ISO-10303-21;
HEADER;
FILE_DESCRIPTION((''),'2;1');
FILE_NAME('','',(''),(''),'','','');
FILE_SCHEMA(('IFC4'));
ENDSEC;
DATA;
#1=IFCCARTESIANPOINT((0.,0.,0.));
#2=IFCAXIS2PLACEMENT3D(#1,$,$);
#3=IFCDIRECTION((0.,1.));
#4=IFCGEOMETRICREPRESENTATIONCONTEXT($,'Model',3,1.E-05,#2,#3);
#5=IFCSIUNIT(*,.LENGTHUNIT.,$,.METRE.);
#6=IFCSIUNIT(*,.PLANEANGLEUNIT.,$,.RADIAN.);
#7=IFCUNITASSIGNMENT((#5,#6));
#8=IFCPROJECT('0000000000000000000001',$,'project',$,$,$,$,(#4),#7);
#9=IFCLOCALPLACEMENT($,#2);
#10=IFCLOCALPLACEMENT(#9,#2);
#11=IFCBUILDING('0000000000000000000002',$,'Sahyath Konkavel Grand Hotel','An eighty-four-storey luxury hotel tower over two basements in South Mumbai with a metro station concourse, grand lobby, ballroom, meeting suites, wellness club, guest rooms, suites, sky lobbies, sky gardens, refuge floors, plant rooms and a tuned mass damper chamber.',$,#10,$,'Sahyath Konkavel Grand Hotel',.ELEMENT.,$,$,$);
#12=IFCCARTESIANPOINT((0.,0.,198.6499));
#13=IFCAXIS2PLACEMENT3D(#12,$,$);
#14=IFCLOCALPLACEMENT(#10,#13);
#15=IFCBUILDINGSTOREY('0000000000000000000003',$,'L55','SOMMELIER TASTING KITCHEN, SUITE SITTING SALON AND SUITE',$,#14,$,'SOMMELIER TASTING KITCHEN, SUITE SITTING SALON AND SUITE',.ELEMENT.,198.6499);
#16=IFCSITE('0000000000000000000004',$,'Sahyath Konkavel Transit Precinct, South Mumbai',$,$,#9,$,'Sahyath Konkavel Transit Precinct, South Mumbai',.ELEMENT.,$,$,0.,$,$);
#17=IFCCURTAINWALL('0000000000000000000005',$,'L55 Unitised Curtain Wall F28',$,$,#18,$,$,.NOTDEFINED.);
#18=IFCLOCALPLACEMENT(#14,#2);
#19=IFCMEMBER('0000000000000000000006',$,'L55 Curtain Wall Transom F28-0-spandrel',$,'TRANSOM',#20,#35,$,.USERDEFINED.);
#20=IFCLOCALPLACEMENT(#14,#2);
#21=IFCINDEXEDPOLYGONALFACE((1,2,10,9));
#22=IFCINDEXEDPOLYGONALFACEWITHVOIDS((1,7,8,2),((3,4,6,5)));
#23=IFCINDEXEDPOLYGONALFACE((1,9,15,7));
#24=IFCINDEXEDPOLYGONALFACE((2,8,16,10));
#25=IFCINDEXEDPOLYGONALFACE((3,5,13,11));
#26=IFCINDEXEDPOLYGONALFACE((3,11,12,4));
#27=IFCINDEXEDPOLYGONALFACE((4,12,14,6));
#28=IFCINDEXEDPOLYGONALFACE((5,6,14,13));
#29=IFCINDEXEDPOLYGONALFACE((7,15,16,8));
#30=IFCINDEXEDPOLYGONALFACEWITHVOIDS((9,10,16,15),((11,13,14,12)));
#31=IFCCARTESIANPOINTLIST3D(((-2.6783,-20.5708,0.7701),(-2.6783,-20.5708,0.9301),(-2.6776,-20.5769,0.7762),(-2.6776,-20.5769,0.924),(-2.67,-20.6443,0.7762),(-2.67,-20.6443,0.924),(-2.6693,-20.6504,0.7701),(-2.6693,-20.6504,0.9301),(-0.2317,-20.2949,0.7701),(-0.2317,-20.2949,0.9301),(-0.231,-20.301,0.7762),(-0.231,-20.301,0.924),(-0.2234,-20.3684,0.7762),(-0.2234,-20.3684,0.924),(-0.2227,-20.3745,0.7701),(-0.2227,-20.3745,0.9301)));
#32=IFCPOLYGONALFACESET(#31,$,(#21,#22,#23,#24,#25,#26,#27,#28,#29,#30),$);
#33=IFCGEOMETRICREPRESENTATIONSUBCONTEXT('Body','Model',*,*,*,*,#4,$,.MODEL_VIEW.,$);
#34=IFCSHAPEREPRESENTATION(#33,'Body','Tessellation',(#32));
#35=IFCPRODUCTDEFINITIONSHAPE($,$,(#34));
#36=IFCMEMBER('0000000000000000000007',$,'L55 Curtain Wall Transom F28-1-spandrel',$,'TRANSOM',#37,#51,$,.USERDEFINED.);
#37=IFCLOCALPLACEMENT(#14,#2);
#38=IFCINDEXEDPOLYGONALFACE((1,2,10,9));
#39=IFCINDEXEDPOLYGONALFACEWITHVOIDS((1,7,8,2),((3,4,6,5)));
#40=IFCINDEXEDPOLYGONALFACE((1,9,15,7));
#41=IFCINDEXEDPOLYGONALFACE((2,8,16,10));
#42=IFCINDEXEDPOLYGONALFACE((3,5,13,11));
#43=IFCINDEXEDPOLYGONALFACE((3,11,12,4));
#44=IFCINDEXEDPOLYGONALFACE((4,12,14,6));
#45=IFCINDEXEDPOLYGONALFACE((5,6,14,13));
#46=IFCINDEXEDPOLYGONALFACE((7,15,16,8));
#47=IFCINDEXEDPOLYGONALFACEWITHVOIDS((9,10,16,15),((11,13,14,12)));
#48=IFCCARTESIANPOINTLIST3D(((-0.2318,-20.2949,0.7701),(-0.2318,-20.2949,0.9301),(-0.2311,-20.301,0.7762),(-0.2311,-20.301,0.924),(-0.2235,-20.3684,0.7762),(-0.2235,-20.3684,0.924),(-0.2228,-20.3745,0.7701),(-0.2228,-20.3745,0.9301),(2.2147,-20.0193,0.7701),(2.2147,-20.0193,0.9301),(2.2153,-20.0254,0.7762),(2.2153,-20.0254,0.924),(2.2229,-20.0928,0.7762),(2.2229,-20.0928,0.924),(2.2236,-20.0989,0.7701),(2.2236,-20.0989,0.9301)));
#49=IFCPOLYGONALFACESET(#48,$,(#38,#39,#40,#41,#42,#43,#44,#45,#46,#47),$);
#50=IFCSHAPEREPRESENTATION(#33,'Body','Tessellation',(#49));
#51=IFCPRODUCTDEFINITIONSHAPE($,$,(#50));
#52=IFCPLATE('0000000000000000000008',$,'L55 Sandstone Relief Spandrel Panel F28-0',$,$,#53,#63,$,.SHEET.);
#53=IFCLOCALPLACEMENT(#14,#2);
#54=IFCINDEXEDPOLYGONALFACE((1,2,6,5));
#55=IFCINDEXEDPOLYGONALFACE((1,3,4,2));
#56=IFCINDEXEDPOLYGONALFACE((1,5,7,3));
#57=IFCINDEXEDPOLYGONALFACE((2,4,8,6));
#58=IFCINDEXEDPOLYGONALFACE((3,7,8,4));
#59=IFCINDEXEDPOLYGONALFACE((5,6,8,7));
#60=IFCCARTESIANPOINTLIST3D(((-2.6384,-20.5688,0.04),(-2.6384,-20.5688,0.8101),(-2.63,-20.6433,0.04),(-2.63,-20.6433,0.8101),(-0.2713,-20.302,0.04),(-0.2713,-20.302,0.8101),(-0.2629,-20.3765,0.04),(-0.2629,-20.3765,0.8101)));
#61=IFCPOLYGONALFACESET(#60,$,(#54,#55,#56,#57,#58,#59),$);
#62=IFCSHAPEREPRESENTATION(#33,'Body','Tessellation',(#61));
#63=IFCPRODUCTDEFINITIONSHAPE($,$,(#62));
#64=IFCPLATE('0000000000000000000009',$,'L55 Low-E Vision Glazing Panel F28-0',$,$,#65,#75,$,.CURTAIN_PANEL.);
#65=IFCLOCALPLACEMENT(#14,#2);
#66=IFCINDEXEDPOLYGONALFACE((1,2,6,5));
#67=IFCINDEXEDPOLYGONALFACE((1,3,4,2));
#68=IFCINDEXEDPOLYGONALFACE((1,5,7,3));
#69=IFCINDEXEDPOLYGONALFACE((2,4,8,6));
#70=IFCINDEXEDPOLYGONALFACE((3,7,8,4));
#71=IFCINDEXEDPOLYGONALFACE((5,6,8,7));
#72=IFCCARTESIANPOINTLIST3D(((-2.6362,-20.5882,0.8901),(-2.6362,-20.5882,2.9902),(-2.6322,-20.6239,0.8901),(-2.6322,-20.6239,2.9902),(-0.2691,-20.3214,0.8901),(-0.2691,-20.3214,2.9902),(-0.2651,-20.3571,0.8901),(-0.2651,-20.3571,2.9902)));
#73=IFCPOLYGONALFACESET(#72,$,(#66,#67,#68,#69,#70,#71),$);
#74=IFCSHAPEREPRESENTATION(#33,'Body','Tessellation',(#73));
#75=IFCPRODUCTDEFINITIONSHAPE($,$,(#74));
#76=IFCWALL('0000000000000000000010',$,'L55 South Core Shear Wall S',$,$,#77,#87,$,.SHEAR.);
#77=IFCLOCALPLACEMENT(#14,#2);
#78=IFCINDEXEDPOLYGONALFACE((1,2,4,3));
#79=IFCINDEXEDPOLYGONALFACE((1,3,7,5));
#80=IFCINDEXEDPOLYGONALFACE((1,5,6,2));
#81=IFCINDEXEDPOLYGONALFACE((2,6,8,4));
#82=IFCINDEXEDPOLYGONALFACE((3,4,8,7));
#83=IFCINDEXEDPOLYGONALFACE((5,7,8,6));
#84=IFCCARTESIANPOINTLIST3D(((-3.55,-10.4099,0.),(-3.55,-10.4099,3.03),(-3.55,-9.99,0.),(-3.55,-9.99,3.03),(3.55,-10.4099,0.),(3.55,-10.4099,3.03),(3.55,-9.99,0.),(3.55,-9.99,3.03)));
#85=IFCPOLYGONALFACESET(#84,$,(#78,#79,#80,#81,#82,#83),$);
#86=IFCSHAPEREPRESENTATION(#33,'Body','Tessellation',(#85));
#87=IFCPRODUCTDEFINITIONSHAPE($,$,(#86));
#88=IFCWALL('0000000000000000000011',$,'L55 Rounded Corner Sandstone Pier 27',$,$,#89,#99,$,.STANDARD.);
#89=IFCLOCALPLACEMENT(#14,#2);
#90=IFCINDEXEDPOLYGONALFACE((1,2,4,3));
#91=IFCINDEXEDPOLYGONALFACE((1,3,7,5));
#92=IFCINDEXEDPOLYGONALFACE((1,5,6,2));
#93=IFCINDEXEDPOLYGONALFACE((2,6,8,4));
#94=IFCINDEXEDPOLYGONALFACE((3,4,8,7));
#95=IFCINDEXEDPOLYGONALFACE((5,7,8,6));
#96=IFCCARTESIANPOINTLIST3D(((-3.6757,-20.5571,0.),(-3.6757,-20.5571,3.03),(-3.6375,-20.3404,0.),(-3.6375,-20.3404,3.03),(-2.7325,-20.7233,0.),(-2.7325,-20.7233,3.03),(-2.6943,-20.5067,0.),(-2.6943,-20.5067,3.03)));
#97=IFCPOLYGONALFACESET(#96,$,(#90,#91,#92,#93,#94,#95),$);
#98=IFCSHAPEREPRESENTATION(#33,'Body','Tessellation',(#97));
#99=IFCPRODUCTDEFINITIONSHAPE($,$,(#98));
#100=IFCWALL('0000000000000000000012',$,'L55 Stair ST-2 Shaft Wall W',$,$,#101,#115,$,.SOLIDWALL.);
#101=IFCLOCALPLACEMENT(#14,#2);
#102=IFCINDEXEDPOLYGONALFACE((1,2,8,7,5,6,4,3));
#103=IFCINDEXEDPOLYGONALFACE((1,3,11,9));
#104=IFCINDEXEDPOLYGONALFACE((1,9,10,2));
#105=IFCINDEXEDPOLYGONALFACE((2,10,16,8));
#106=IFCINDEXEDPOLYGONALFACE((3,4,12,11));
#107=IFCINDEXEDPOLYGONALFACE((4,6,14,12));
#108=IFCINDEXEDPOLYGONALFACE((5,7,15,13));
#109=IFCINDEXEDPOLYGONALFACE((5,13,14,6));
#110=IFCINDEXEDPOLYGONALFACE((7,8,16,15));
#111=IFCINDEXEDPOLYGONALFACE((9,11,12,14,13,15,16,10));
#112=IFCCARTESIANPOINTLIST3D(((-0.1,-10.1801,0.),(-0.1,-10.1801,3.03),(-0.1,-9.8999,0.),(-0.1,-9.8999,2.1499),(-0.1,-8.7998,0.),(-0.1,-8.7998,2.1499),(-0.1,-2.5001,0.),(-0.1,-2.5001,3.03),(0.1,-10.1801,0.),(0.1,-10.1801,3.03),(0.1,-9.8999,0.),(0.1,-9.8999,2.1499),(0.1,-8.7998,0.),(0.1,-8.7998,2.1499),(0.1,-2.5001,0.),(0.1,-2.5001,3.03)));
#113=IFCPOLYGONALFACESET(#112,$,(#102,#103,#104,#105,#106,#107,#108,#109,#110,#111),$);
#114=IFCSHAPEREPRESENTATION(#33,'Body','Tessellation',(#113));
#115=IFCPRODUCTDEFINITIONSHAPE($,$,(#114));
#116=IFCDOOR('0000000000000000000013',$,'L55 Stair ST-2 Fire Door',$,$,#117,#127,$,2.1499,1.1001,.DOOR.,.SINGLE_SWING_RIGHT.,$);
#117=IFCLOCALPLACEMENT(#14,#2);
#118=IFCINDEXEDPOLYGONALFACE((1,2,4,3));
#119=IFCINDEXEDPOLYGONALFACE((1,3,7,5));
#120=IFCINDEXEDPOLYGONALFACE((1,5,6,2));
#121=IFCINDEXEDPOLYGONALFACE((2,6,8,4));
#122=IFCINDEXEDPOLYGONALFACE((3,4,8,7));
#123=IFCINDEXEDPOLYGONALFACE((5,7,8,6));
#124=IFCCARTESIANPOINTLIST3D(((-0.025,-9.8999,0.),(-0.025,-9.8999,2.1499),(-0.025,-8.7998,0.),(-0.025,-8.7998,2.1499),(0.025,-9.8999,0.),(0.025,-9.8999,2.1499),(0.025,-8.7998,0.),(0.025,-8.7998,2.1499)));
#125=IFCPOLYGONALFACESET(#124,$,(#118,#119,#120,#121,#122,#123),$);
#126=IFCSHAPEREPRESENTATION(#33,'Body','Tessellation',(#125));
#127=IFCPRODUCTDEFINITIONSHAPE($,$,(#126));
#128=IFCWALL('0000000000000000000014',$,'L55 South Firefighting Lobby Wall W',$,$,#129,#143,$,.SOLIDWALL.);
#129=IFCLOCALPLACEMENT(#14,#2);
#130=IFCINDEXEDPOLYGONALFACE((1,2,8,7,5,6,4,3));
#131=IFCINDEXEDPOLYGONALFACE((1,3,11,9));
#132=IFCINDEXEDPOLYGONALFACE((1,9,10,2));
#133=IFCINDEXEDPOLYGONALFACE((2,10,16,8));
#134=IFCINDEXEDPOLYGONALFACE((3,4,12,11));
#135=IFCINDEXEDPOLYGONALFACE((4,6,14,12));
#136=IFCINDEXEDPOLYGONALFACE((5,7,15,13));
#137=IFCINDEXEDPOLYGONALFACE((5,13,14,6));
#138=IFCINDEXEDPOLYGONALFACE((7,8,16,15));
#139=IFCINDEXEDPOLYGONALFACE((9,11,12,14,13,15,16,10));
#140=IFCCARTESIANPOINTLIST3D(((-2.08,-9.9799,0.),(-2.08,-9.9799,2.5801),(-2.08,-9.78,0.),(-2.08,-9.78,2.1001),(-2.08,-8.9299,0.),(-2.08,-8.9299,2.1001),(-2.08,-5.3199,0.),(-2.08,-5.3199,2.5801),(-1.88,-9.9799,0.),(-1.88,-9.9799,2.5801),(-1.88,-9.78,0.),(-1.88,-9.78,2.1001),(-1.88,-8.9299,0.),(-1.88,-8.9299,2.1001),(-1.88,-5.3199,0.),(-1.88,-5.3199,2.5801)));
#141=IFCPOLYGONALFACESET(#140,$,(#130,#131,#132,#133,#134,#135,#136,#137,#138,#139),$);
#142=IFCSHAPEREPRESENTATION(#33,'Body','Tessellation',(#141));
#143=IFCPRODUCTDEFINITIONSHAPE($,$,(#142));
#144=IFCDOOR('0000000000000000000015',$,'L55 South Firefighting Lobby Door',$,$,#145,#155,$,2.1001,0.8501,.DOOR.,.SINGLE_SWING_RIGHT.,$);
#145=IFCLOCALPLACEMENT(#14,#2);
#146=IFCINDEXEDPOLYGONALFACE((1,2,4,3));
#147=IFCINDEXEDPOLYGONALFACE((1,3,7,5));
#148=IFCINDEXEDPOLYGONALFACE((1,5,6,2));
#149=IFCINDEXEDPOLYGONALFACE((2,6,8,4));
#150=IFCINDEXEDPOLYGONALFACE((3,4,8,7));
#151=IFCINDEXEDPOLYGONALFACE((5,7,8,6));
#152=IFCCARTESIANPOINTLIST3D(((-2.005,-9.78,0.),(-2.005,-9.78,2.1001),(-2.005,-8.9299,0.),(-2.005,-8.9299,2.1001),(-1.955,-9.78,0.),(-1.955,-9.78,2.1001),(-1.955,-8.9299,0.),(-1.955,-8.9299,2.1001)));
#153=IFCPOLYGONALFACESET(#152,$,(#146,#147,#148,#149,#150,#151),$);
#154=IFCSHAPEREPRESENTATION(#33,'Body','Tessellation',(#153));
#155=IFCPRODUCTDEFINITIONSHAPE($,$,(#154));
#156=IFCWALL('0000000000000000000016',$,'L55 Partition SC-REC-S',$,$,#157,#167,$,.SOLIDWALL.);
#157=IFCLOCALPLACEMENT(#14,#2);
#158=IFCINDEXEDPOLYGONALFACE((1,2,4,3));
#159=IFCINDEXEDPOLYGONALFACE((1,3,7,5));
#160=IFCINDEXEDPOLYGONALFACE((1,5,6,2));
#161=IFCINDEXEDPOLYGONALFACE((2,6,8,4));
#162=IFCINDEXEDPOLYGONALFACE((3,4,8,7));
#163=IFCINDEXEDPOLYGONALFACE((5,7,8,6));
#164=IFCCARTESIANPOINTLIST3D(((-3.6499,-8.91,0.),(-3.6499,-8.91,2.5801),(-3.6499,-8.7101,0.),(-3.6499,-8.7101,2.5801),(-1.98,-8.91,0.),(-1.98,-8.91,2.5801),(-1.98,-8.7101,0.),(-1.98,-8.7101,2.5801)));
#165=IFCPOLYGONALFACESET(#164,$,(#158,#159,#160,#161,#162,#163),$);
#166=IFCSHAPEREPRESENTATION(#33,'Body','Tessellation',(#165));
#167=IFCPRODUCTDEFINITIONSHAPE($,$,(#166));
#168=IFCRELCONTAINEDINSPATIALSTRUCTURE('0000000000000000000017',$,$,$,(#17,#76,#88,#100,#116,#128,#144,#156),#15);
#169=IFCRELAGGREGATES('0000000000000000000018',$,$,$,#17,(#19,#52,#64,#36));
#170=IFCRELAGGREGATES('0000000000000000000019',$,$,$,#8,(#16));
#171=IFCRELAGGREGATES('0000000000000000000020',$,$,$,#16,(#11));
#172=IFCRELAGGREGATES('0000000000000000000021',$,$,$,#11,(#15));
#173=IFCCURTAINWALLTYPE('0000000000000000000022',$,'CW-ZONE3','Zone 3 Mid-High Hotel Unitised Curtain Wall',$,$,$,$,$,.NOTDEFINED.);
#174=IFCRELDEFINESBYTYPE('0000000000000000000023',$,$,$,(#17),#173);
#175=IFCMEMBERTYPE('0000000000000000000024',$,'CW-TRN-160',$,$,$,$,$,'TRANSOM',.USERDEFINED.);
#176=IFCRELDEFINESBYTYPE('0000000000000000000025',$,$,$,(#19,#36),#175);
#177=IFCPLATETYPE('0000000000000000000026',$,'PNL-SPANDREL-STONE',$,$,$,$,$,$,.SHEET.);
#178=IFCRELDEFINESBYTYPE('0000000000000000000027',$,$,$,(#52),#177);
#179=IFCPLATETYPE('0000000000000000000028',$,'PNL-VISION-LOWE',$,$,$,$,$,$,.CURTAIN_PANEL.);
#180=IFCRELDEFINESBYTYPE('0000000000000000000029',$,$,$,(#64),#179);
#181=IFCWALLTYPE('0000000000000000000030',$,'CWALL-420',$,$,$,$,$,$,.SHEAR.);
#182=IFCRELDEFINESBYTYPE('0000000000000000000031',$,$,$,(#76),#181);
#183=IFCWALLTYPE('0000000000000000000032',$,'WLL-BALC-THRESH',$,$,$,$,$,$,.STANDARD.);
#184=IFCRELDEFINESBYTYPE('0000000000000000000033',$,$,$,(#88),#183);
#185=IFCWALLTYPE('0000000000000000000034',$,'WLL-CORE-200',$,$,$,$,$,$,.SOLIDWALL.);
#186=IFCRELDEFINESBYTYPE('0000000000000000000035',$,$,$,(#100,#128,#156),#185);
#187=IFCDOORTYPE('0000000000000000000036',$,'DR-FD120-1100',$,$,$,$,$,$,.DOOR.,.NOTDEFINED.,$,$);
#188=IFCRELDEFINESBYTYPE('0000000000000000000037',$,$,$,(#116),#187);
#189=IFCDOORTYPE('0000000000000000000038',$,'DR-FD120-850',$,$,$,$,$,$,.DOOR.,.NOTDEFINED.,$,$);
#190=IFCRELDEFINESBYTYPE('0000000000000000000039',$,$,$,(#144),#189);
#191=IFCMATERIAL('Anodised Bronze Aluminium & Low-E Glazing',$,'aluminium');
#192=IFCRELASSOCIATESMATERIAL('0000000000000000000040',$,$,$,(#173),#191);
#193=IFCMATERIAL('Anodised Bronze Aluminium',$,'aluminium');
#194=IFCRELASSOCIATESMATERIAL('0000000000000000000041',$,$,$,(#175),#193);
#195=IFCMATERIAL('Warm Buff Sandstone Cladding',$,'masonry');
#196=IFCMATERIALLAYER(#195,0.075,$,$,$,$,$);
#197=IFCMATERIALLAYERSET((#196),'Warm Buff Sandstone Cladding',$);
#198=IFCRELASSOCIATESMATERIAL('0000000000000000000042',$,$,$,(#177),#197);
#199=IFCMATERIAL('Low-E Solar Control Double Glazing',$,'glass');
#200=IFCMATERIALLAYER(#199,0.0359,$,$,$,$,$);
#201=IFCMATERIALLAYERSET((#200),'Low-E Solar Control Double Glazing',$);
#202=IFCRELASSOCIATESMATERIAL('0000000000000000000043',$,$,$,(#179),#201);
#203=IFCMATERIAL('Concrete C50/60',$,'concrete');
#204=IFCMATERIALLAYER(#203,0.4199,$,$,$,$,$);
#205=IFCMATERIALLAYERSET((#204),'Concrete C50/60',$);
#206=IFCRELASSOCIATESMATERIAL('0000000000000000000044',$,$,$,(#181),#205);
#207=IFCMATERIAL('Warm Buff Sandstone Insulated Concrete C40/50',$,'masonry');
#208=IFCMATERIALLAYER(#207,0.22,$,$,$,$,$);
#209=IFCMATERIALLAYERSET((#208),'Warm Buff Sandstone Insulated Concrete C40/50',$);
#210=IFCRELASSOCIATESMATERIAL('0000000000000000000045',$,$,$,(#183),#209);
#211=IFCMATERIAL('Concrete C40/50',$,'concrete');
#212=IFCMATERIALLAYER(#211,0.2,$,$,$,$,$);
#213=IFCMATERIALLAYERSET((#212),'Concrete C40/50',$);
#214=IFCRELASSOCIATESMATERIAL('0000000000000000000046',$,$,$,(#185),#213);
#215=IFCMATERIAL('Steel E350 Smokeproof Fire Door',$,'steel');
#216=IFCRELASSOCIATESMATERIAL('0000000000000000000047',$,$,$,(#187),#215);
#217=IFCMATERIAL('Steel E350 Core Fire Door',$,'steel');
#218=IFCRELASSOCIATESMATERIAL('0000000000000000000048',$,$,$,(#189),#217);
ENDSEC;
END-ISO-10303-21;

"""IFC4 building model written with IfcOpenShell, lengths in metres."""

from ifc_helpers import new_model, si_unit, direction, frame, frame_2d, origin, origin_2d, place, context, subcontext, project, spatial, rectangle, hollow_rectangle, extrude, source, transform, mapped, material, layer, layer_set, material_profile, profile_set, type_object, element, fill, aggregate, save


model = new_model("IFC4")

# Units and contexts
model_context = context("Model", 3, precision=1e-05, world=origin(), true_north=direction((0.0, 1.0)))
body_context = subcontext(model_context, "Body", "Model", "MODEL_VIEW")
ifc_project = project(units=[si_unit("LENGTHUNIT", "METRE"), si_unit("PLANEANGLEUNIT", "RADIAN")], contexts=[model_context])

# Site, building, storey
site_placement = place(None, origin())
site = spatial("IfcSite", under=ifc_project, at=site_placement, Name="Sahyath Konkavel Transit Precinct, South Mumbai", LongName="Sahyath Konkavel Transit Precinct, South Mumbai", CompositionType="ELEMENT", RefElevation=0.0)
building_placement = place(site_placement, origin())
building = spatial("IfcBuilding", under=site, at=building_placement, Name="Sahyath Konkavel Grand Hotel", Description="An eighty-four-storey luxury hotel tower over two basements in South Mumbai with a metro station concourse, grand lobby, ballroom, meeting suites, wellness club, guest rooms, suites, sky lobbies, sky gardens, refuge floors, plant rooms and a tuned mass damper chamber.", LongName="Sahyath Konkavel Grand Hotel", CompositionType="ELEMENT")
storey_placement = place(building_placement, frame((0.0, 0.0, 198.6499)))
storey = spatial("IfcBuildingStorey", under=building, at=storey_placement, Name="L55", Description="SOMMELIER TASTING KITCHEN, SUITE SITTING SALON AND SUITE", LongName="SOMMELIER TASTING KITCHEN, SUITE SITTING SALON AND SUITE", CompositionType="ELEMENT", Elevation=198.6499)

# Shared definitions
ifc_material_1 = material(Name="Concrete C50/60", Category="concrete")
ifc_material_2 = material(Name="Concrete C40/50", Category="concrete")

# Curtain wall, members, plates
ifc_material_3 = material(Name="Anodised Bronze Aluminium & Low-E Glazing", Category="aluminium")
curtain_wall_type = type_object("IfcCurtainWallType", Name="CW-ZONE3", Description="Zone 3 Mid-High Hotel Unitised Curtain Wall", PredefinedType="NOTDEFINED", material=ifc_material_3)
curtain_wall_placement = place(storey_placement, origin())
curtain_wall = element("IfcCurtainWall", 1, at=curtain_wall_placement, inside=storey, type_object=curtain_wall_type, Name="L55 Unitised Curtain Wall F28", PredefinedType="NOTDEFINED")
ifc_material_4 = material(Name="Anodised Bronze Aluminium", Category="aluminium")
ifc_material_profile_1 = material_profile(ifc_material_4, hollow_rectangle(XDim=0.0801, YDim=0.1599, WallThickness=0.0061, at=origin_2d()), Name="RHS 160x80x6")
ifc_profile_set_1 = profile_set([ifc_material_profile_1], Name="Anodised Bronze Aluminium")
member_type_1 = type_object("IfcMemberType", Name="CW-TRN-160", ElementType="TRANSOM", PredefinedType="USERDEFINED", material=ifc_profile_set_1)
shared_shape_1 = source(origin(), body_context, "Body", "SweptSolid", [
    extrude(hollow_rectangle(XDim=0.0801, YDim=0.1599, WallThickness=0.0061, at=origin_2d()), origin(), (0.0, 0.0, 1.0), 2.4622),
])
member_1_placement = place(storey_placement, frame((-2.6738, -20.6106, 0.8501), z_axis=(0.993702, 0.112053, 0.0), x_axis=(-0.112053, 0.993702, 0.0)))
member_1 = element("IfcMember", 2, at=member_1_placement, type_object=member_type_1, Name="L55 Curtain Wall Transom F28-0-spandrel", ObjectType="TRANSOM", PredefinedType="USERDEFINED", context=body_context, shape_type="MappedRepresentation", body=[
    mapped(shared_shape_1, transform((0.0, 0.0, 0.0), scale=1.0)),
])
shared_shape_2 = source(origin(), body_context, "Body", "SweptSolid", [
    extrude(hollow_rectangle(XDim=0.0801, YDim=0.1599, WallThickness=0.0061, at=origin_2d()), origin(), (0.0, 0.0, 1.0), 2.4619),
])
member_2_placement = place(storey_placement, frame((-0.2273, -20.3347, 0.8501), z_axis=(0.993713, 0.111955, 0.0), x_axis=(-0.111955, 0.993713, 0.0)))
member_2 = element("IfcMember", 3, at=member_2_placement, type_object=member_type_1, Name="L55 Curtain Wall Transom F28-1-spandrel", ObjectType="TRANSOM", PredefinedType="USERDEFINED", context=body_context, shape_type="MappedRepresentation", body=[
    mapped(shared_shape_2, transform((0.0, 0.0, 0.0), scale=1.0)),
])
ifc_material_5 = material(Name="Warm Buff Sandstone Cladding", Category="masonry")
ifc_layer_1 = layer(ifc_material_5, 0.075)
ifc_layer_set_1 = layer_set([ifc_layer_1], Name="Warm Buff Sandstone Cladding")
plate_type_1 = type_object("IfcPlateType", Name="PNL-SPANDREL-STONE", PredefinedType="SHEET", material=ifc_layer_set_1)
shared_shape_3 = source(origin(), body_context, "Body", "SweptSolid", [
    extrude(rectangle(XDim=2.3821, YDim=0.075, at=origin_2d()), origin(), (0.0, 0.0, 1.0), 0.77),
])
plate_1_placement = place(storey_placement, frame((-1.4507, -20.4727, 0.04), z_axis=(0.0, 0.0, 1.0), x_axis=(0.993707, 0.112007, 0.0)))
plate_1 = element("IfcPlate", 4, at=plate_1_placement, type_object=plate_type_1, Name="L55 Sandstone Relief Spandrel Panel F28-0", PredefinedType="SHEET", context=body_context, shape_type="MappedRepresentation", body=[
    mapped(shared_shape_3, transform((0.0, 0.0, 0.0), scale=1.0)),
])
ifc_material_6 = material(Name="Low-E Solar Control Double Glazing", Category="glass")
ifc_layer_2 = layer(ifc_material_6, 0.0359)
ifc_layer_set_2 = layer_set([ifc_layer_2], Name="Low-E Solar Control Double Glazing")
plate_type_2 = type_object("IfcPlateType", Name="PNL-VISION-LOWE", PredefinedType="CURTAIN_PANEL", material=ifc_layer_set_2)
shared_shape_4 = source(origin(), body_context, "Body", "SweptSolid", [
    extrude(rectangle(XDim=2.3821, YDim=0.0359, at=origin_2d()), origin(), (0.0, 0.0, 1.0), 2.1001),
])
plate_2_placement = place(storey_placement, frame((-1.4507, -20.4727, 0.8901), z_axis=(0.0, 0.0, 1.0), x_axis=(0.993707, 0.112007, 0.0)))
plate_2 = element("IfcPlate", 5, at=plate_2_placement, type_object=plate_type_2, Name="L55 Low-E Vision Glazing Panel F28-0", PredefinedType="CURTAIN_PANEL", context=body_context, shape_type="MappedRepresentation", body=[
    mapped(shared_shape_4, transform((0.0, 0.0, 0.0), scale=1.0)),
])
aggregate(curtain_wall, [member_1, plate_1, plate_2, member_2])

# Walls
ifc_layer_3 = layer(ifc_material_1, 0.4199)
ifc_layer_set_3 = layer_set([ifc_layer_3], Name="Concrete C50/60")
wall_type_1 = type_object("IfcWallType", Name="CWALL-420", PredefinedType="SHEAR", material=ifc_layer_set_3)
wall_1_placement = place(storey_placement, frame((-3.55, -10.2, 0.0), z_axis=(0.0, 0.0, 1.0), x_axis=(1.0, 0.0, 0.0)))
element("IfcWall", 6, at=wall_1_placement, inside=storey, type_object=wall_type_1, Name="L55 South Core Shear Wall S", PredefinedType="SHEAR", context=body_context, shape_type="SweptSolid", body=[
    extrude(rectangle(XDim=7.1001, YDim=0.4199, at=frame_2d((3.55, 0.0))), origin(), (0.0, 0.0, 1.0), 3.03),
])
ifc_material_7 = material(Name="Warm Buff Sandstone Insulated Concrete C40/50", Category="masonry")
ifc_layer_4 = layer(ifc_material_7, 0.22)
ifc_layer_set_4 = layer_set([ifc_layer_4], Name="Warm Buff Sandstone Insulated Concrete C40/50")
wall_type_2 = type_object("IfcWallType", Name="WLL-BALC-THRESH", PredefinedType="STANDARD", material=ifc_layer_set_4)
wall_2_placement = place(storey_placement, frame((-3.6567, -20.4487, 0.0), z_axis=(0.0, 0.0, 1.0), x_axis=(0.984814, -0.173611, 0.0)))
element("IfcWall", 7, at=wall_2_placement, inside=storey, type_object=wall_type_2, Name="L55 Rounded Corner Sandstone Pier 27", PredefinedType="STANDARD", context=body_context, shape_type="SweptSolid", body=[
    extrude(rectangle(XDim=0.9578, YDim=0.22, at=frame_2d((0.479, 0.0))), origin(), (0.0, 0.0, 1.0), 3.03),
])

# Walls, openings, doors
ifc_layer_5 = layer(ifc_material_2, 0.2)
ifc_layer_set_5 = layer_set([ifc_layer_5], Name="Concrete C40/50")
wall_type_3 = type_object("IfcWallType", Name="WLL-CORE-200", PredefinedType="SOLIDWALL", material=ifc_layer_set_5)
wall_3_placement = place(storey_placement, frame((0.0, -10.1799, 0.0), z_axis=(0.0, 0.0, 1.0), x_axis=(0.0, 1.0, 0.0)))
wall_3 = element("IfcWall", 8, at=wall_3_placement, inside=storey, type_object=wall_type_3, Name="L55 Stair ST-2 Shaft Wall W", PredefinedType="SOLIDWALL", context=body_context, shape_type="SweptSolid", body=[
    extrude(rectangle(XDim=7.6799, YDim=0.2, at=frame_2d((3.8398, 0.0))), origin(), (0.0, 0.0, 1.0), 3.03),
])
opening_1_placement = place(wall_3_placement, frame((0.28, 0.0, 0.0)))
opening_1 = element("IfcOpeningElement", 9, at=opening_1_placement, cuts=wall_3, PredefinedType="OPENING", context=body_context, shape_type="SweptSolid", body=[
    extrude(rectangle(XDim=1.1001, YDim=2.1499, at=frame_2d((0.55, 1.075))), frame((0.0, 0.1099, 0.0), z_axis=(0.0, -1.0, 0.0), x_axis=(1.0, 0.0, 0.0)), (0.0, 0.0, 1.0), 0.22),
])
ifc_material_8 = material(Name="Steel E350 Smokeproof Fire Door", Category="steel")
door_type_1 = type_object("IfcDoorType", Name="DR-FD120-1100", OperationType="NOTDEFINED", PredefinedType="DOOR", material=ifc_material_8)
shared_shape_5 = source(origin(), body_context, "Body", "SweptSolid", [
    extrude(rectangle(XDim=1.1001, YDim=0.05, at=origin_2d()), origin(), (0.0, 0.0, 1.0), 2.1499),
])
door_1_placement = place(opening_1_placement, frame((0.55, 0.0, 0.0)))
door_1 = element("IfcDoor", 10, at=door_1_placement, inside=storey, type_object=door_type_1, Name="L55 Stair ST-2 Fire Door", OperationType="SINGLE_SWING_RIGHT", OverallHeight=2.1499, OverallWidth=1.1001, PredefinedType="DOOR", context=body_context, shape_type="MappedRepresentation", body=[
    mapped(shared_shape_5, transform((0.0, 0.0, 0.0), scale=1.0)),
])
fill(opening_1, door_1)
wall_4_placement = place(storey_placement, frame((-1.98, -9.98, 0.0), z_axis=(0.0, 0.0, 1.0), x_axis=(0.0, 1.0, 0.0)))
wall_4 = element("IfcWall", 11, at=wall_4_placement, inside=storey, type_object=wall_type_3, Name="L55 South Firefighting Lobby Wall W", PredefinedType="SOLIDWALL", context=body_context, shape_type="SweptSolid", body=[
    extrude(rectangle(XDim=4.6599, YDim=0.2, at=frame_2d((2.3301, 0.0))), origin(), (0.0, 0.0, 1.0), 2.5801),
])
opening_2_placement = place(wall_4_placement, frame((0.2, 0.0, 0.0)))
opening_2 = element("IfcOpeningElement", 12, at=opening_2_placement, cuts=wall_4, PredefinedType="OPENING", context=body_context, shape_type="SweptSolid", body=[
    extrude(rectangle(XDim=0.8501, YDim=2.1001, at=frame_2d((0.425, 1.05))), frame((0.0, 0.1099, 0.0), z_axis=(0.0, -1.0, 0.0), x_axis=(1.0, 0.0, 0.0)), (0.0, 0.0, 1.0), 0.22),
])
ifc_material_9 = material(Name="Steel E350 Core Fire Door", Category="steel")
door_type_2 = type_object("IfcDoorType", Name="DR-FD120-850", OperationType="NOTDEFINED", PredefinedType="DOOR", material=ifc_material_9)
shared_shape_6 = source(origin(), body_context, "Body", "SweptSolid", [
    extrude(rectangle(XDim=0.8501, YDim=0.05, at=origin_2d()), origin(), (0.0, 0.0, 1.0), 2.1001),
])
door_2_placement = place(opening_2_placement, frame((0.425, 0.0, 0.0)))
door_2 = element("IfcDoor", 13, at=door_2_placement, inside=storey, type_object=door_type_2, Name="L55 South Firefighting Lobby Door", OperationType="SINGLE_SWING_RIGHT", OverallHeight=2.1001, OverallWidth=0.8501, PredefinedType="DOOR", context=body_context, shape_type="MappedRepresentation", body=[
    mapped(shared_shape_6, transform((0.0, 0.0, 0.0), scale=1.0)),
])
fill(opening_2, door_2)

# Wall
wall_5_placement = place(storey_placement, frame((-3.6499, -8.8101, 0.0), z_axis=(0.0, 0.0, 1.0), x_axis=(1.0, 0.0, 0.0)))
element("IfcWall", 14, at=wall_5_placement, inside=storey, type_object=wall_type_3, Name="L55 Partition SC-REC-S", PredefinedType="SOLIDWALL", context=body_context, shape_type="SweptSolid", body=[
    extrude(rectangle(XDim=1.6699, YDim=0.2, at=frame_2d((0.835, 0.0))), origin(), (0.0, 0.0, 1.0), 2.5801),
])

save(model, "model.ifc")
